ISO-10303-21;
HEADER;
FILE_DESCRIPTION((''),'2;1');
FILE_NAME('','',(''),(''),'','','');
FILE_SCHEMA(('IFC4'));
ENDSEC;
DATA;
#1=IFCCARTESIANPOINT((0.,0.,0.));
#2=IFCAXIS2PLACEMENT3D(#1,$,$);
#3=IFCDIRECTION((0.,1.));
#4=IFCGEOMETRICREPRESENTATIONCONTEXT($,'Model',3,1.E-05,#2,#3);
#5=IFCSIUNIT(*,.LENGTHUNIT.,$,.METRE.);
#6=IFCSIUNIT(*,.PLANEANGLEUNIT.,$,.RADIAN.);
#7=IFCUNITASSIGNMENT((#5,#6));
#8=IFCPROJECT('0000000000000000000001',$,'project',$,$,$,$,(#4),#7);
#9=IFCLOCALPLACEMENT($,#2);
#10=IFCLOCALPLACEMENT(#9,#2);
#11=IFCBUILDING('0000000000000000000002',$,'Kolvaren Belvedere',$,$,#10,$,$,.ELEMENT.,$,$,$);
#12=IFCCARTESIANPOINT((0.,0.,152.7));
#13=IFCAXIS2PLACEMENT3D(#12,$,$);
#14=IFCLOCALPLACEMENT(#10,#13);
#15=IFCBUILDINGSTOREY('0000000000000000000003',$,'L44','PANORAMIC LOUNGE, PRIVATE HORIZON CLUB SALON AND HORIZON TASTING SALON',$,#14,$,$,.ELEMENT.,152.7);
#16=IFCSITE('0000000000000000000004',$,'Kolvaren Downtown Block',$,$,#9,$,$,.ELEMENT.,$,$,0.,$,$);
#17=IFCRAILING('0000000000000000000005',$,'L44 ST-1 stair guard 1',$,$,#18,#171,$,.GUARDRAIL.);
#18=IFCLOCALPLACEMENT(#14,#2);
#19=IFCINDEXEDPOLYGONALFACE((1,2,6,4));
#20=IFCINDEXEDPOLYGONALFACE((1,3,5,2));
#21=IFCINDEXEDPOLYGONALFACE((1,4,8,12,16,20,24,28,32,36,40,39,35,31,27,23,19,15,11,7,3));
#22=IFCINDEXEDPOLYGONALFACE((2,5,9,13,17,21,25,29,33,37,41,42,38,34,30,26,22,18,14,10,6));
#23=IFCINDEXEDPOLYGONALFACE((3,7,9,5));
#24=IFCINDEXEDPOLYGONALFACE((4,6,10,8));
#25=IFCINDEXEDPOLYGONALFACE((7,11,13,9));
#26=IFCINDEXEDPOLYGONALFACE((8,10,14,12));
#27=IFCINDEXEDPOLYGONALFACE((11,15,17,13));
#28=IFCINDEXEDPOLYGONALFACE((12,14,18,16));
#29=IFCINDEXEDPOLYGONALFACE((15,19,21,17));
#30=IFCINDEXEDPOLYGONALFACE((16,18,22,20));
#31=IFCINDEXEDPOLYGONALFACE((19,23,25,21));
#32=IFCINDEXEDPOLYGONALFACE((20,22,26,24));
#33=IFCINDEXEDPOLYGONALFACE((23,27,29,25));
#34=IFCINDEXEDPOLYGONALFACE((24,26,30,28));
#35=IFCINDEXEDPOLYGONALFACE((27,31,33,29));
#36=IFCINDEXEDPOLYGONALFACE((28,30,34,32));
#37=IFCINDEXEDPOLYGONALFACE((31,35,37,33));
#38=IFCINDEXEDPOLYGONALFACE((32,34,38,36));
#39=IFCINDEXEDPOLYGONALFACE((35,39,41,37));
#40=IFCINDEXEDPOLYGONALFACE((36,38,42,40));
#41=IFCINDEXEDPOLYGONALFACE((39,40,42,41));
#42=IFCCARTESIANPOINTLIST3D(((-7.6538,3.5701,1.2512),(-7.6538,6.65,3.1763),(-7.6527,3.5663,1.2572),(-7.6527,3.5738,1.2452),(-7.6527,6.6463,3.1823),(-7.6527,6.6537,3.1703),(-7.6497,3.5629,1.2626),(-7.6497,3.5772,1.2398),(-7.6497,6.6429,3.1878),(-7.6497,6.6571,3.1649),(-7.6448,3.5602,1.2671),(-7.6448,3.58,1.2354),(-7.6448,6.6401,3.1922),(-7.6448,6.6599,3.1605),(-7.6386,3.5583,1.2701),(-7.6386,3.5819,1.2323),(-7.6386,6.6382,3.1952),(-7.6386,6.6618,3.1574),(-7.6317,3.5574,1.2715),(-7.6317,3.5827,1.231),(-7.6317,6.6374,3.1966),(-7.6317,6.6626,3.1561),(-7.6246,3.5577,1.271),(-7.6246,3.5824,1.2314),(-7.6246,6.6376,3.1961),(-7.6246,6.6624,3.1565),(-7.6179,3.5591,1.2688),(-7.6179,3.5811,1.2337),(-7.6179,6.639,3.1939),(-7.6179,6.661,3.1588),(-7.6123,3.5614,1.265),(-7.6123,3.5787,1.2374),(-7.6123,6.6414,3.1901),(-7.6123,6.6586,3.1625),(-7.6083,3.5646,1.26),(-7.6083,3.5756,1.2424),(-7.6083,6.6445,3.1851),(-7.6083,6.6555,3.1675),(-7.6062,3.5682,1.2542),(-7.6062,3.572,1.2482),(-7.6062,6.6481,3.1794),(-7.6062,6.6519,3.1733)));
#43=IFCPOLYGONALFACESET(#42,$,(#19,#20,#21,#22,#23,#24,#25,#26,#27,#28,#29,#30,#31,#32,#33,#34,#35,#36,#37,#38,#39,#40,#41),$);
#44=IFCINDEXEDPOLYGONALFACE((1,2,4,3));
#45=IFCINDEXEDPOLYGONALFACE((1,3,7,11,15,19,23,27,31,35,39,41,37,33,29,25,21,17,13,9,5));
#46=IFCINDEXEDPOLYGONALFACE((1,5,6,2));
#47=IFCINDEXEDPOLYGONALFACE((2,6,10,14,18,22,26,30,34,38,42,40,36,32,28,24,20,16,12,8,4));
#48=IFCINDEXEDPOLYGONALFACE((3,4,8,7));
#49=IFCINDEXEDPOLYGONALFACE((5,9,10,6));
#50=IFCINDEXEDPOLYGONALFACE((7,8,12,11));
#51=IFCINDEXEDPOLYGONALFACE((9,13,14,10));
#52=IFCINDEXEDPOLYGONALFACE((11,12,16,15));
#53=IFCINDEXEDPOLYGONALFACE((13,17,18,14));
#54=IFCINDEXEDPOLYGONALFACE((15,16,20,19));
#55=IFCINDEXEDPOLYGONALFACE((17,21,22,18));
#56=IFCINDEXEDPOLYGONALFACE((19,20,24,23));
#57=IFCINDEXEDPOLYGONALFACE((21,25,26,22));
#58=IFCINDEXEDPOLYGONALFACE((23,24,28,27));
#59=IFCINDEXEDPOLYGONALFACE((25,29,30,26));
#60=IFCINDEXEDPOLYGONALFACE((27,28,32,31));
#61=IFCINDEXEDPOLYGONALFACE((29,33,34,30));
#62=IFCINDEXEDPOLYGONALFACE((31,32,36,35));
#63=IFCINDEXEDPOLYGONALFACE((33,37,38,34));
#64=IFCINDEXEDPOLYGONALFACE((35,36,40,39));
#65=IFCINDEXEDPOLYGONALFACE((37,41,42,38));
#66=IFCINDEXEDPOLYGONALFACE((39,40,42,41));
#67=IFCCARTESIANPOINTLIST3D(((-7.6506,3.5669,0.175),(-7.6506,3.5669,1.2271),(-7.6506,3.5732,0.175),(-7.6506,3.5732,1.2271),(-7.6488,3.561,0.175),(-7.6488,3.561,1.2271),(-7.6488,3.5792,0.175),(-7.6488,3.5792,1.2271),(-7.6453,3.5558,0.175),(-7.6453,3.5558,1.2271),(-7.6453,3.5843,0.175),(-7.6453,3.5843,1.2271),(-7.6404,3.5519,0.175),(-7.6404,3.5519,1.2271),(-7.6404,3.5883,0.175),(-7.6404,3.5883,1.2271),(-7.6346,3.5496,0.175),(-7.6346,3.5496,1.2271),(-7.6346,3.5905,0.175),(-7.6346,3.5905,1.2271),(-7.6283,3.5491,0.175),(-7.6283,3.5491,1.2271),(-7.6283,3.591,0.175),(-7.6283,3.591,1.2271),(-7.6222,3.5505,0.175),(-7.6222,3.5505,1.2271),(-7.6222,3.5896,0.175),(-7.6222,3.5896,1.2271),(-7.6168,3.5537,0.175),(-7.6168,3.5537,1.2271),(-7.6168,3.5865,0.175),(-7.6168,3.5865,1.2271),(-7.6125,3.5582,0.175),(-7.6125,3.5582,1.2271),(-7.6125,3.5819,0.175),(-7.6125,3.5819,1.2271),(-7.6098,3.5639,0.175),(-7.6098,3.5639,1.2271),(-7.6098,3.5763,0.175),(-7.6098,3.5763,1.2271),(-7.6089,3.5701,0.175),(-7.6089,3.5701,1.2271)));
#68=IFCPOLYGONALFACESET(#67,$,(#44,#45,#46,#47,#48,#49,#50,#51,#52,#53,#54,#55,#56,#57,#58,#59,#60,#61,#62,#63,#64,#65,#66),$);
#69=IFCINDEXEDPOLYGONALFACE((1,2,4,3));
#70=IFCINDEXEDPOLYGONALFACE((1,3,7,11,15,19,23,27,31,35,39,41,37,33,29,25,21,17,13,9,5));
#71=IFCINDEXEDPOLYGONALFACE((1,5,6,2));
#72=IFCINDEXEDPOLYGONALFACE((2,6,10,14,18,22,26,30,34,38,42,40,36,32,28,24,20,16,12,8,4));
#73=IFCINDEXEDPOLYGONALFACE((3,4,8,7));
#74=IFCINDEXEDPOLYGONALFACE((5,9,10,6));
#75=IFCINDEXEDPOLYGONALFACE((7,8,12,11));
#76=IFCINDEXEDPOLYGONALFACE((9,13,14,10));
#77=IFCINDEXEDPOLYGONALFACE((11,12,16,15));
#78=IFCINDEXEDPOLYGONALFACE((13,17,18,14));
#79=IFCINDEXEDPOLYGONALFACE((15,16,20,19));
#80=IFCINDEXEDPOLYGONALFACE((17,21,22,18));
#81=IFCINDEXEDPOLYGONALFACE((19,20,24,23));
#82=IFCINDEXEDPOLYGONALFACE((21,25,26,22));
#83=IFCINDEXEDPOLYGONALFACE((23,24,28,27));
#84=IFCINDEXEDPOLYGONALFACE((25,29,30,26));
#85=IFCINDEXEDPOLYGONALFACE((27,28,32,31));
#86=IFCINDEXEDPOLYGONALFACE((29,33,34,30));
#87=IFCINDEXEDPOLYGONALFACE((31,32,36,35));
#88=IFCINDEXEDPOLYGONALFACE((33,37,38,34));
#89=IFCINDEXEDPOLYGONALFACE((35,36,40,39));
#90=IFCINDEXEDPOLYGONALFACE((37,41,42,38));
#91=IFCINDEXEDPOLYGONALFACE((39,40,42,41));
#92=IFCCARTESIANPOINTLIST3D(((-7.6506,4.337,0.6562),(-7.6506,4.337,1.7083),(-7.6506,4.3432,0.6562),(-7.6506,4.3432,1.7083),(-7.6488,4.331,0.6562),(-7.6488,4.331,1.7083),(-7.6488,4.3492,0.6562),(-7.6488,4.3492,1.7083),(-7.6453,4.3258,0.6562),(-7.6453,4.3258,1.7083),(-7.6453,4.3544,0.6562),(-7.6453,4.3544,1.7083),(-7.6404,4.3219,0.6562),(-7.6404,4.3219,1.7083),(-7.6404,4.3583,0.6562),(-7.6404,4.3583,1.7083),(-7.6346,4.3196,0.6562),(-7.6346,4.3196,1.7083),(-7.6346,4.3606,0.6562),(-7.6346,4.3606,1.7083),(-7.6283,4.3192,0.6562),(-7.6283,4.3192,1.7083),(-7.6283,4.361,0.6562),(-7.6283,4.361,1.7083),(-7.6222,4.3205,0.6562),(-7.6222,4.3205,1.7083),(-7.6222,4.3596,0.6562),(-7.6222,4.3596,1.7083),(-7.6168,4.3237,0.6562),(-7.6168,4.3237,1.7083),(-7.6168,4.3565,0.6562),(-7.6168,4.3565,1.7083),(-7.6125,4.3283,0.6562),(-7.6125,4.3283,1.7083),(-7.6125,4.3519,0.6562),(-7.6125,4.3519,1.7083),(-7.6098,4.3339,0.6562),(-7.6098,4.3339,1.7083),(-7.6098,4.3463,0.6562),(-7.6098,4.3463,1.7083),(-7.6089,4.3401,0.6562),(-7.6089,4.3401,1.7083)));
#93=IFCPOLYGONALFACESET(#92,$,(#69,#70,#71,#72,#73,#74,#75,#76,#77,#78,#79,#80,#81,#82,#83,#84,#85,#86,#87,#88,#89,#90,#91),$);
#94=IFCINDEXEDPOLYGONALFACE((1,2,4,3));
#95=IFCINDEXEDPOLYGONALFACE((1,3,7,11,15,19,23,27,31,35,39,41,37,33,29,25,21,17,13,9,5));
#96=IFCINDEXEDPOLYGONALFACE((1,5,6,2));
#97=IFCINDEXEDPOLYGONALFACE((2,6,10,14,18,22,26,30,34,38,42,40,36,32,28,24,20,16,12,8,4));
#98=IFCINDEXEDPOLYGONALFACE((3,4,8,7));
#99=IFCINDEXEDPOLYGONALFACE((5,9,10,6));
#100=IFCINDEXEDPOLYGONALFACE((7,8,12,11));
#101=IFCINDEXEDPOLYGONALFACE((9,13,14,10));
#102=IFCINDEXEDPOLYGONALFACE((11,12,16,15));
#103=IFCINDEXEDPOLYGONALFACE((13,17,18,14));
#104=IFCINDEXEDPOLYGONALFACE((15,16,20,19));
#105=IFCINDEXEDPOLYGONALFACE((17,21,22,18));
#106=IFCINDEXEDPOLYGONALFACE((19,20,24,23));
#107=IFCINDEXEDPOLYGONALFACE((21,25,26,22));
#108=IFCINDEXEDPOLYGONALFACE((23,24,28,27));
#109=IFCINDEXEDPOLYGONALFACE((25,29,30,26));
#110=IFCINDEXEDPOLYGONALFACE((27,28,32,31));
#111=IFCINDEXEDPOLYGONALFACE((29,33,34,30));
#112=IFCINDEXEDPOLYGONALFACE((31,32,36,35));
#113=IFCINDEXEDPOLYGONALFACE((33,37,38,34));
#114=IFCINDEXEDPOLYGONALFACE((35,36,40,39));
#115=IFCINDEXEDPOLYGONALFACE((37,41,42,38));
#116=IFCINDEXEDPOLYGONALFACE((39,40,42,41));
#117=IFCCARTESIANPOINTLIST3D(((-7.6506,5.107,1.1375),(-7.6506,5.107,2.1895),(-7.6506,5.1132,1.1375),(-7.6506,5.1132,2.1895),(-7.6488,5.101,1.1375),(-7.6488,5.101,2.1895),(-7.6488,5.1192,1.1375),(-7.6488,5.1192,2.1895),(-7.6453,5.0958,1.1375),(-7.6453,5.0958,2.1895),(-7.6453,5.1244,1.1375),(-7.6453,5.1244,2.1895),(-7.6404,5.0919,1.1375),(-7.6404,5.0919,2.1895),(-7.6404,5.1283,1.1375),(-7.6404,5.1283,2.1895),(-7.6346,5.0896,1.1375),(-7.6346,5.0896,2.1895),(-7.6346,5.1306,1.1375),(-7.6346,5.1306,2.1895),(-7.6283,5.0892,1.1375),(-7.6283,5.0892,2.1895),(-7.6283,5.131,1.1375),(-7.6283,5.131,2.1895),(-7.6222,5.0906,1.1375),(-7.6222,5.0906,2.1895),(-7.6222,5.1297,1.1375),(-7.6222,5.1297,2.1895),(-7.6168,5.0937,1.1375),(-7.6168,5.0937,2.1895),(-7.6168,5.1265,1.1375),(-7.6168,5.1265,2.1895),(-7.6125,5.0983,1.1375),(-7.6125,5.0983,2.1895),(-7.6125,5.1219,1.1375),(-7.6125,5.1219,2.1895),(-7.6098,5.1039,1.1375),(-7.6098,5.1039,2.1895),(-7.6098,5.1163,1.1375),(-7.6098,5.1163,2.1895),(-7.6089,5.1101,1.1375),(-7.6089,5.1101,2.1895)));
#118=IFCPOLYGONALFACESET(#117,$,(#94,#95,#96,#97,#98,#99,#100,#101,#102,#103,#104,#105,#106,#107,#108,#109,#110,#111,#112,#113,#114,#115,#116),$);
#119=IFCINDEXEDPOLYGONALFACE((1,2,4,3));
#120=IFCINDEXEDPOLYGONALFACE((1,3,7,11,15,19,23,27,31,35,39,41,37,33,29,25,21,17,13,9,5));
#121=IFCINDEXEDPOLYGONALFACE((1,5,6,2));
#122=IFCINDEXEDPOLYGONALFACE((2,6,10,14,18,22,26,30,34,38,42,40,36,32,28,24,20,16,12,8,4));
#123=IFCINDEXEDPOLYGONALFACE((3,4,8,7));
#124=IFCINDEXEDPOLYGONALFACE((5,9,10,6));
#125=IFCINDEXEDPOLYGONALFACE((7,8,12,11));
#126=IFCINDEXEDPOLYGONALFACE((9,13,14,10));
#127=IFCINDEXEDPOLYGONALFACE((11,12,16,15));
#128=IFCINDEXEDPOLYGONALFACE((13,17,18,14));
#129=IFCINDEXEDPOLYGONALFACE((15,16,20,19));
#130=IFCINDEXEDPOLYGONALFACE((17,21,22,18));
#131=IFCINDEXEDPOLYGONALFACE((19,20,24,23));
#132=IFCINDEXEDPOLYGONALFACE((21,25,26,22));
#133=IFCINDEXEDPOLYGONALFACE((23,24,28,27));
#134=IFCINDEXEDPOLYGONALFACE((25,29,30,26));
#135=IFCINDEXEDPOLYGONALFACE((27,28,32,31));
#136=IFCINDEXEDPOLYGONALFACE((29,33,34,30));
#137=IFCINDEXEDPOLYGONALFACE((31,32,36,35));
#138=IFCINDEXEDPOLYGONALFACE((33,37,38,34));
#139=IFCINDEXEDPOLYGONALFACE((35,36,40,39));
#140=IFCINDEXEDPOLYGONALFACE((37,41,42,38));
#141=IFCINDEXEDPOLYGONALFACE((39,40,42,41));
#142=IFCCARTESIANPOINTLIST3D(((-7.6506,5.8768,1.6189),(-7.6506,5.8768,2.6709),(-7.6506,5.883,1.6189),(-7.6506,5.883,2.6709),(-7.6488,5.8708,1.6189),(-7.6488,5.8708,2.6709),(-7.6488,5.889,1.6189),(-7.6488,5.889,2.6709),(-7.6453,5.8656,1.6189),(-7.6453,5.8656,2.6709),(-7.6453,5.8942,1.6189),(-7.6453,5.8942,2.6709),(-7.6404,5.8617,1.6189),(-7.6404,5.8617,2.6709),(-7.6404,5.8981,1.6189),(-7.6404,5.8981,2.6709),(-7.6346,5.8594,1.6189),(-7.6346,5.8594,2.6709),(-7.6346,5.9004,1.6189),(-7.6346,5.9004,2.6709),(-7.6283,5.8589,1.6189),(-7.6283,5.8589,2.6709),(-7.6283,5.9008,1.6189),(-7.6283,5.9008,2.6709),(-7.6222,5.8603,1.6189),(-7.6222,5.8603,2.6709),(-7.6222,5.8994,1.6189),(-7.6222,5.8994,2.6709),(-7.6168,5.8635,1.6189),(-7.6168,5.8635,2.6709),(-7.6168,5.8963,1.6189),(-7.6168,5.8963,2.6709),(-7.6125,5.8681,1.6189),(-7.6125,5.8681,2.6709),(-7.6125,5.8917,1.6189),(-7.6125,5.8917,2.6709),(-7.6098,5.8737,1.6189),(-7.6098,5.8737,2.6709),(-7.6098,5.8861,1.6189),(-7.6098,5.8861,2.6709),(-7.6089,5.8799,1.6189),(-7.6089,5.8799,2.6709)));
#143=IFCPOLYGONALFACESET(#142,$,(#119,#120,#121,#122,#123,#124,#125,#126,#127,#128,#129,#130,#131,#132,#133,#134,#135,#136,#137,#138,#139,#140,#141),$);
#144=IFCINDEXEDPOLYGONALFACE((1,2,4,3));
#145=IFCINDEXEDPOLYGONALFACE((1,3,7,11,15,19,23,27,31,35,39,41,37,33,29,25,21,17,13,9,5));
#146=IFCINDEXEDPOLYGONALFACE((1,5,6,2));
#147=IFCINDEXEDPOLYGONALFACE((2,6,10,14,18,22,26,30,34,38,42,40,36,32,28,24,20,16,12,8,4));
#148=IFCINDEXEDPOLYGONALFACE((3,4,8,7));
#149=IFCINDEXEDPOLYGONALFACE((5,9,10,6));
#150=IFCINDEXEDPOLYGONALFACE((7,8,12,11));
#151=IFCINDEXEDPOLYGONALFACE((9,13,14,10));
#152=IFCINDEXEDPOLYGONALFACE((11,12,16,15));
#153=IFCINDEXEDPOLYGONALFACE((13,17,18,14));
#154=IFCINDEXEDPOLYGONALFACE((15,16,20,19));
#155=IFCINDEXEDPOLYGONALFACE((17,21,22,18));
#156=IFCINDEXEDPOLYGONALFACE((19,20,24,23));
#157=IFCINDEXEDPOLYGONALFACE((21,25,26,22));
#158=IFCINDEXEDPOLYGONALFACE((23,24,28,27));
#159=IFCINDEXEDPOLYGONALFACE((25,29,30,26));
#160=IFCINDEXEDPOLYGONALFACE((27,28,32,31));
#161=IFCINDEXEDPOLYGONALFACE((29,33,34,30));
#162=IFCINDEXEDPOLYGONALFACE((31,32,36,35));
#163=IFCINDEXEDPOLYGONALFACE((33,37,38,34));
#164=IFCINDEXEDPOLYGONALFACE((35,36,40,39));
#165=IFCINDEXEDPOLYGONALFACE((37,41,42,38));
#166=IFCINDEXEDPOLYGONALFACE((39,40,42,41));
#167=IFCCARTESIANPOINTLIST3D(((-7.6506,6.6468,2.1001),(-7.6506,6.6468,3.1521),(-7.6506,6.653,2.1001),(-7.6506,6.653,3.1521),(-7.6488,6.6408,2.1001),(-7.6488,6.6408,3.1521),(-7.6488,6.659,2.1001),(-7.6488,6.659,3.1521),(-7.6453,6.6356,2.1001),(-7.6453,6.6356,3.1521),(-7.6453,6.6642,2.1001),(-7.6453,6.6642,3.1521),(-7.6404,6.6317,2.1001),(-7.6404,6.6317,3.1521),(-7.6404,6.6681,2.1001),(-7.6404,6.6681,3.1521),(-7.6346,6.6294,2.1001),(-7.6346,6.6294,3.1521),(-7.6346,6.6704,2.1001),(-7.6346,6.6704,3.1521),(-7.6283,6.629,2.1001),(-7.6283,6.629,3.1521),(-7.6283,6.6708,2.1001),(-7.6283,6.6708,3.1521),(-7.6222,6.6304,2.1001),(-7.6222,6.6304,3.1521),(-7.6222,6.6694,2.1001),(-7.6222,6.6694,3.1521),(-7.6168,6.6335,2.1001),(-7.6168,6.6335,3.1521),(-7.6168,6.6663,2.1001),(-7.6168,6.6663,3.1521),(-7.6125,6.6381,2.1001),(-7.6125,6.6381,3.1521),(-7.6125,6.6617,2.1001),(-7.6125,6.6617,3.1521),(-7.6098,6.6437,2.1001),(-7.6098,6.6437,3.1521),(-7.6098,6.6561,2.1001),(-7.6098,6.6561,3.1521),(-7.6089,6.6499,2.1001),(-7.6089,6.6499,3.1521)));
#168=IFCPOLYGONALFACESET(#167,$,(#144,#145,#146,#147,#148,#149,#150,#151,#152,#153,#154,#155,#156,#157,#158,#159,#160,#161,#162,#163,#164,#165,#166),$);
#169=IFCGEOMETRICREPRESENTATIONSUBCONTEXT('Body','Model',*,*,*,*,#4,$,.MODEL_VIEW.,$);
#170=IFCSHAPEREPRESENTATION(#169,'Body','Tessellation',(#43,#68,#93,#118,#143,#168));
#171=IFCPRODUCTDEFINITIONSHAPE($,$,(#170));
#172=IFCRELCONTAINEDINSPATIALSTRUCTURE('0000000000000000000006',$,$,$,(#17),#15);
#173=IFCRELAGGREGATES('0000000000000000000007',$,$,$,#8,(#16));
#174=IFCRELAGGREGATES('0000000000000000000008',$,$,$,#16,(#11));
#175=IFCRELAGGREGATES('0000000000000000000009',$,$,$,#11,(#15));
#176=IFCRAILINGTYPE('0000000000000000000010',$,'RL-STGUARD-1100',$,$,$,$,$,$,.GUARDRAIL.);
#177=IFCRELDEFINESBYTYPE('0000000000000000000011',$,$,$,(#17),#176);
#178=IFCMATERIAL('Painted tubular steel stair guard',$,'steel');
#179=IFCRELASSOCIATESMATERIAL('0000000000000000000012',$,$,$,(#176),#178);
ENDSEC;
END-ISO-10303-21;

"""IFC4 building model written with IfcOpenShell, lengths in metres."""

from ifc_helpers import new_model, si_unit, direction, frame, origin, origin_2d, place, context, subcontext, project, spatial, circle, extrude, material, type_object, element, save


model = new_model("IFC4")

# Units and contexts
model_context = context("Model", 3, precision=1e-05, world=origin(), true_north=direction((0.0, 1.0)))
body_context = subcontext(model_context, "Body", "Model", "MODEL_VIEW")
ifc_project = project(units=[si_unit("LENGTHUNIT", "METRE"), si_unit("PLANEANGLEUNIT", "RADIAN")], contexts=[model_context])

# Site, building, storey
site_placement = place(None, origin())
site = spatial("IfcSite", under=ifc_project, at=site_placement, Name="Kolvaren Downtown Block", CompositionType="ELEMENT", RefElevation=0.0)
building_placement = place(site_placement, origin())
building = spatial("IfcBuilding", under=site, at=building_placement, Name="Kolvaren Belvedere", CompositionType="ELEMENT")
storey_placement = place(building_placement, frame((0.0, 0.0, 152.7)))
storey = spatial("IfcBuildingStorey", under=building, at=storey_placement, Name="L44", Description="PANORAMIC LOUNGE, PRIVATE HORIZON CLUB SALON AND HORIZON TASTING SALON", CompositionType="ELEMENT", Elevation=152.7)

# Railing
ifc_material_1 = material(Name="Painted tubular steel stair guard", Category="steel")
railing_type_1 = type_object("IfcRailingType", Name="RL-STGUARD-1100", PredefinedType="GUARDRAIL", material=ifc_material_1)
railing_1_placement = place(storey_placement, frame((-7.6299, 3.5701, 0.175)))
element("IfcRailing", 1, at=railing_1_placement, inside=storey, type_object=railing_type_1, Name="L44 ST-1 stair guard 1", PredefinedType="GUARDRAIL", context=body_context, shape_type="SweptSolid", body=[
    extrude(circle(Radius=0.0239, at=origin_2d()), frame((0.0, 0.0, 1.0762), z_axis=(0.0, 0.847979, 0.530029), x_axis=(-1.0, 0.0, 0.0)), (0.0, 0.0, 1.0), 3.6321),
    extrude(circle(Radius=0.021, at=origin_2d()), origin(), (0.0, 0.0, 1.0), 1.052),
    extrude(circle(Radius=0.021, at=origin_2d()), frame((0.0, 0.77, 0.4812)), (0.0, 0.0, 1.0), 1.052),
    extrude(circle(Radius=0.021, at=origin_2d()), frame((0.0, 1.54, 0.9624)), (0.0, 0.0, 1.0), 1.052),
    extrude(circle(Radius=0.021, at=origin_2d()), frame((0.0, 2.3098, 1.4438)), (0.0, 0.0, 1.0), 1.052),
    extrude(circle(Radius=0.021, at=origin_2d()), frame((0.0, 3.0798, 1.925)), (0.0, 0.0, 1.0), 1.052),
])

save(model, "model.ifc")
